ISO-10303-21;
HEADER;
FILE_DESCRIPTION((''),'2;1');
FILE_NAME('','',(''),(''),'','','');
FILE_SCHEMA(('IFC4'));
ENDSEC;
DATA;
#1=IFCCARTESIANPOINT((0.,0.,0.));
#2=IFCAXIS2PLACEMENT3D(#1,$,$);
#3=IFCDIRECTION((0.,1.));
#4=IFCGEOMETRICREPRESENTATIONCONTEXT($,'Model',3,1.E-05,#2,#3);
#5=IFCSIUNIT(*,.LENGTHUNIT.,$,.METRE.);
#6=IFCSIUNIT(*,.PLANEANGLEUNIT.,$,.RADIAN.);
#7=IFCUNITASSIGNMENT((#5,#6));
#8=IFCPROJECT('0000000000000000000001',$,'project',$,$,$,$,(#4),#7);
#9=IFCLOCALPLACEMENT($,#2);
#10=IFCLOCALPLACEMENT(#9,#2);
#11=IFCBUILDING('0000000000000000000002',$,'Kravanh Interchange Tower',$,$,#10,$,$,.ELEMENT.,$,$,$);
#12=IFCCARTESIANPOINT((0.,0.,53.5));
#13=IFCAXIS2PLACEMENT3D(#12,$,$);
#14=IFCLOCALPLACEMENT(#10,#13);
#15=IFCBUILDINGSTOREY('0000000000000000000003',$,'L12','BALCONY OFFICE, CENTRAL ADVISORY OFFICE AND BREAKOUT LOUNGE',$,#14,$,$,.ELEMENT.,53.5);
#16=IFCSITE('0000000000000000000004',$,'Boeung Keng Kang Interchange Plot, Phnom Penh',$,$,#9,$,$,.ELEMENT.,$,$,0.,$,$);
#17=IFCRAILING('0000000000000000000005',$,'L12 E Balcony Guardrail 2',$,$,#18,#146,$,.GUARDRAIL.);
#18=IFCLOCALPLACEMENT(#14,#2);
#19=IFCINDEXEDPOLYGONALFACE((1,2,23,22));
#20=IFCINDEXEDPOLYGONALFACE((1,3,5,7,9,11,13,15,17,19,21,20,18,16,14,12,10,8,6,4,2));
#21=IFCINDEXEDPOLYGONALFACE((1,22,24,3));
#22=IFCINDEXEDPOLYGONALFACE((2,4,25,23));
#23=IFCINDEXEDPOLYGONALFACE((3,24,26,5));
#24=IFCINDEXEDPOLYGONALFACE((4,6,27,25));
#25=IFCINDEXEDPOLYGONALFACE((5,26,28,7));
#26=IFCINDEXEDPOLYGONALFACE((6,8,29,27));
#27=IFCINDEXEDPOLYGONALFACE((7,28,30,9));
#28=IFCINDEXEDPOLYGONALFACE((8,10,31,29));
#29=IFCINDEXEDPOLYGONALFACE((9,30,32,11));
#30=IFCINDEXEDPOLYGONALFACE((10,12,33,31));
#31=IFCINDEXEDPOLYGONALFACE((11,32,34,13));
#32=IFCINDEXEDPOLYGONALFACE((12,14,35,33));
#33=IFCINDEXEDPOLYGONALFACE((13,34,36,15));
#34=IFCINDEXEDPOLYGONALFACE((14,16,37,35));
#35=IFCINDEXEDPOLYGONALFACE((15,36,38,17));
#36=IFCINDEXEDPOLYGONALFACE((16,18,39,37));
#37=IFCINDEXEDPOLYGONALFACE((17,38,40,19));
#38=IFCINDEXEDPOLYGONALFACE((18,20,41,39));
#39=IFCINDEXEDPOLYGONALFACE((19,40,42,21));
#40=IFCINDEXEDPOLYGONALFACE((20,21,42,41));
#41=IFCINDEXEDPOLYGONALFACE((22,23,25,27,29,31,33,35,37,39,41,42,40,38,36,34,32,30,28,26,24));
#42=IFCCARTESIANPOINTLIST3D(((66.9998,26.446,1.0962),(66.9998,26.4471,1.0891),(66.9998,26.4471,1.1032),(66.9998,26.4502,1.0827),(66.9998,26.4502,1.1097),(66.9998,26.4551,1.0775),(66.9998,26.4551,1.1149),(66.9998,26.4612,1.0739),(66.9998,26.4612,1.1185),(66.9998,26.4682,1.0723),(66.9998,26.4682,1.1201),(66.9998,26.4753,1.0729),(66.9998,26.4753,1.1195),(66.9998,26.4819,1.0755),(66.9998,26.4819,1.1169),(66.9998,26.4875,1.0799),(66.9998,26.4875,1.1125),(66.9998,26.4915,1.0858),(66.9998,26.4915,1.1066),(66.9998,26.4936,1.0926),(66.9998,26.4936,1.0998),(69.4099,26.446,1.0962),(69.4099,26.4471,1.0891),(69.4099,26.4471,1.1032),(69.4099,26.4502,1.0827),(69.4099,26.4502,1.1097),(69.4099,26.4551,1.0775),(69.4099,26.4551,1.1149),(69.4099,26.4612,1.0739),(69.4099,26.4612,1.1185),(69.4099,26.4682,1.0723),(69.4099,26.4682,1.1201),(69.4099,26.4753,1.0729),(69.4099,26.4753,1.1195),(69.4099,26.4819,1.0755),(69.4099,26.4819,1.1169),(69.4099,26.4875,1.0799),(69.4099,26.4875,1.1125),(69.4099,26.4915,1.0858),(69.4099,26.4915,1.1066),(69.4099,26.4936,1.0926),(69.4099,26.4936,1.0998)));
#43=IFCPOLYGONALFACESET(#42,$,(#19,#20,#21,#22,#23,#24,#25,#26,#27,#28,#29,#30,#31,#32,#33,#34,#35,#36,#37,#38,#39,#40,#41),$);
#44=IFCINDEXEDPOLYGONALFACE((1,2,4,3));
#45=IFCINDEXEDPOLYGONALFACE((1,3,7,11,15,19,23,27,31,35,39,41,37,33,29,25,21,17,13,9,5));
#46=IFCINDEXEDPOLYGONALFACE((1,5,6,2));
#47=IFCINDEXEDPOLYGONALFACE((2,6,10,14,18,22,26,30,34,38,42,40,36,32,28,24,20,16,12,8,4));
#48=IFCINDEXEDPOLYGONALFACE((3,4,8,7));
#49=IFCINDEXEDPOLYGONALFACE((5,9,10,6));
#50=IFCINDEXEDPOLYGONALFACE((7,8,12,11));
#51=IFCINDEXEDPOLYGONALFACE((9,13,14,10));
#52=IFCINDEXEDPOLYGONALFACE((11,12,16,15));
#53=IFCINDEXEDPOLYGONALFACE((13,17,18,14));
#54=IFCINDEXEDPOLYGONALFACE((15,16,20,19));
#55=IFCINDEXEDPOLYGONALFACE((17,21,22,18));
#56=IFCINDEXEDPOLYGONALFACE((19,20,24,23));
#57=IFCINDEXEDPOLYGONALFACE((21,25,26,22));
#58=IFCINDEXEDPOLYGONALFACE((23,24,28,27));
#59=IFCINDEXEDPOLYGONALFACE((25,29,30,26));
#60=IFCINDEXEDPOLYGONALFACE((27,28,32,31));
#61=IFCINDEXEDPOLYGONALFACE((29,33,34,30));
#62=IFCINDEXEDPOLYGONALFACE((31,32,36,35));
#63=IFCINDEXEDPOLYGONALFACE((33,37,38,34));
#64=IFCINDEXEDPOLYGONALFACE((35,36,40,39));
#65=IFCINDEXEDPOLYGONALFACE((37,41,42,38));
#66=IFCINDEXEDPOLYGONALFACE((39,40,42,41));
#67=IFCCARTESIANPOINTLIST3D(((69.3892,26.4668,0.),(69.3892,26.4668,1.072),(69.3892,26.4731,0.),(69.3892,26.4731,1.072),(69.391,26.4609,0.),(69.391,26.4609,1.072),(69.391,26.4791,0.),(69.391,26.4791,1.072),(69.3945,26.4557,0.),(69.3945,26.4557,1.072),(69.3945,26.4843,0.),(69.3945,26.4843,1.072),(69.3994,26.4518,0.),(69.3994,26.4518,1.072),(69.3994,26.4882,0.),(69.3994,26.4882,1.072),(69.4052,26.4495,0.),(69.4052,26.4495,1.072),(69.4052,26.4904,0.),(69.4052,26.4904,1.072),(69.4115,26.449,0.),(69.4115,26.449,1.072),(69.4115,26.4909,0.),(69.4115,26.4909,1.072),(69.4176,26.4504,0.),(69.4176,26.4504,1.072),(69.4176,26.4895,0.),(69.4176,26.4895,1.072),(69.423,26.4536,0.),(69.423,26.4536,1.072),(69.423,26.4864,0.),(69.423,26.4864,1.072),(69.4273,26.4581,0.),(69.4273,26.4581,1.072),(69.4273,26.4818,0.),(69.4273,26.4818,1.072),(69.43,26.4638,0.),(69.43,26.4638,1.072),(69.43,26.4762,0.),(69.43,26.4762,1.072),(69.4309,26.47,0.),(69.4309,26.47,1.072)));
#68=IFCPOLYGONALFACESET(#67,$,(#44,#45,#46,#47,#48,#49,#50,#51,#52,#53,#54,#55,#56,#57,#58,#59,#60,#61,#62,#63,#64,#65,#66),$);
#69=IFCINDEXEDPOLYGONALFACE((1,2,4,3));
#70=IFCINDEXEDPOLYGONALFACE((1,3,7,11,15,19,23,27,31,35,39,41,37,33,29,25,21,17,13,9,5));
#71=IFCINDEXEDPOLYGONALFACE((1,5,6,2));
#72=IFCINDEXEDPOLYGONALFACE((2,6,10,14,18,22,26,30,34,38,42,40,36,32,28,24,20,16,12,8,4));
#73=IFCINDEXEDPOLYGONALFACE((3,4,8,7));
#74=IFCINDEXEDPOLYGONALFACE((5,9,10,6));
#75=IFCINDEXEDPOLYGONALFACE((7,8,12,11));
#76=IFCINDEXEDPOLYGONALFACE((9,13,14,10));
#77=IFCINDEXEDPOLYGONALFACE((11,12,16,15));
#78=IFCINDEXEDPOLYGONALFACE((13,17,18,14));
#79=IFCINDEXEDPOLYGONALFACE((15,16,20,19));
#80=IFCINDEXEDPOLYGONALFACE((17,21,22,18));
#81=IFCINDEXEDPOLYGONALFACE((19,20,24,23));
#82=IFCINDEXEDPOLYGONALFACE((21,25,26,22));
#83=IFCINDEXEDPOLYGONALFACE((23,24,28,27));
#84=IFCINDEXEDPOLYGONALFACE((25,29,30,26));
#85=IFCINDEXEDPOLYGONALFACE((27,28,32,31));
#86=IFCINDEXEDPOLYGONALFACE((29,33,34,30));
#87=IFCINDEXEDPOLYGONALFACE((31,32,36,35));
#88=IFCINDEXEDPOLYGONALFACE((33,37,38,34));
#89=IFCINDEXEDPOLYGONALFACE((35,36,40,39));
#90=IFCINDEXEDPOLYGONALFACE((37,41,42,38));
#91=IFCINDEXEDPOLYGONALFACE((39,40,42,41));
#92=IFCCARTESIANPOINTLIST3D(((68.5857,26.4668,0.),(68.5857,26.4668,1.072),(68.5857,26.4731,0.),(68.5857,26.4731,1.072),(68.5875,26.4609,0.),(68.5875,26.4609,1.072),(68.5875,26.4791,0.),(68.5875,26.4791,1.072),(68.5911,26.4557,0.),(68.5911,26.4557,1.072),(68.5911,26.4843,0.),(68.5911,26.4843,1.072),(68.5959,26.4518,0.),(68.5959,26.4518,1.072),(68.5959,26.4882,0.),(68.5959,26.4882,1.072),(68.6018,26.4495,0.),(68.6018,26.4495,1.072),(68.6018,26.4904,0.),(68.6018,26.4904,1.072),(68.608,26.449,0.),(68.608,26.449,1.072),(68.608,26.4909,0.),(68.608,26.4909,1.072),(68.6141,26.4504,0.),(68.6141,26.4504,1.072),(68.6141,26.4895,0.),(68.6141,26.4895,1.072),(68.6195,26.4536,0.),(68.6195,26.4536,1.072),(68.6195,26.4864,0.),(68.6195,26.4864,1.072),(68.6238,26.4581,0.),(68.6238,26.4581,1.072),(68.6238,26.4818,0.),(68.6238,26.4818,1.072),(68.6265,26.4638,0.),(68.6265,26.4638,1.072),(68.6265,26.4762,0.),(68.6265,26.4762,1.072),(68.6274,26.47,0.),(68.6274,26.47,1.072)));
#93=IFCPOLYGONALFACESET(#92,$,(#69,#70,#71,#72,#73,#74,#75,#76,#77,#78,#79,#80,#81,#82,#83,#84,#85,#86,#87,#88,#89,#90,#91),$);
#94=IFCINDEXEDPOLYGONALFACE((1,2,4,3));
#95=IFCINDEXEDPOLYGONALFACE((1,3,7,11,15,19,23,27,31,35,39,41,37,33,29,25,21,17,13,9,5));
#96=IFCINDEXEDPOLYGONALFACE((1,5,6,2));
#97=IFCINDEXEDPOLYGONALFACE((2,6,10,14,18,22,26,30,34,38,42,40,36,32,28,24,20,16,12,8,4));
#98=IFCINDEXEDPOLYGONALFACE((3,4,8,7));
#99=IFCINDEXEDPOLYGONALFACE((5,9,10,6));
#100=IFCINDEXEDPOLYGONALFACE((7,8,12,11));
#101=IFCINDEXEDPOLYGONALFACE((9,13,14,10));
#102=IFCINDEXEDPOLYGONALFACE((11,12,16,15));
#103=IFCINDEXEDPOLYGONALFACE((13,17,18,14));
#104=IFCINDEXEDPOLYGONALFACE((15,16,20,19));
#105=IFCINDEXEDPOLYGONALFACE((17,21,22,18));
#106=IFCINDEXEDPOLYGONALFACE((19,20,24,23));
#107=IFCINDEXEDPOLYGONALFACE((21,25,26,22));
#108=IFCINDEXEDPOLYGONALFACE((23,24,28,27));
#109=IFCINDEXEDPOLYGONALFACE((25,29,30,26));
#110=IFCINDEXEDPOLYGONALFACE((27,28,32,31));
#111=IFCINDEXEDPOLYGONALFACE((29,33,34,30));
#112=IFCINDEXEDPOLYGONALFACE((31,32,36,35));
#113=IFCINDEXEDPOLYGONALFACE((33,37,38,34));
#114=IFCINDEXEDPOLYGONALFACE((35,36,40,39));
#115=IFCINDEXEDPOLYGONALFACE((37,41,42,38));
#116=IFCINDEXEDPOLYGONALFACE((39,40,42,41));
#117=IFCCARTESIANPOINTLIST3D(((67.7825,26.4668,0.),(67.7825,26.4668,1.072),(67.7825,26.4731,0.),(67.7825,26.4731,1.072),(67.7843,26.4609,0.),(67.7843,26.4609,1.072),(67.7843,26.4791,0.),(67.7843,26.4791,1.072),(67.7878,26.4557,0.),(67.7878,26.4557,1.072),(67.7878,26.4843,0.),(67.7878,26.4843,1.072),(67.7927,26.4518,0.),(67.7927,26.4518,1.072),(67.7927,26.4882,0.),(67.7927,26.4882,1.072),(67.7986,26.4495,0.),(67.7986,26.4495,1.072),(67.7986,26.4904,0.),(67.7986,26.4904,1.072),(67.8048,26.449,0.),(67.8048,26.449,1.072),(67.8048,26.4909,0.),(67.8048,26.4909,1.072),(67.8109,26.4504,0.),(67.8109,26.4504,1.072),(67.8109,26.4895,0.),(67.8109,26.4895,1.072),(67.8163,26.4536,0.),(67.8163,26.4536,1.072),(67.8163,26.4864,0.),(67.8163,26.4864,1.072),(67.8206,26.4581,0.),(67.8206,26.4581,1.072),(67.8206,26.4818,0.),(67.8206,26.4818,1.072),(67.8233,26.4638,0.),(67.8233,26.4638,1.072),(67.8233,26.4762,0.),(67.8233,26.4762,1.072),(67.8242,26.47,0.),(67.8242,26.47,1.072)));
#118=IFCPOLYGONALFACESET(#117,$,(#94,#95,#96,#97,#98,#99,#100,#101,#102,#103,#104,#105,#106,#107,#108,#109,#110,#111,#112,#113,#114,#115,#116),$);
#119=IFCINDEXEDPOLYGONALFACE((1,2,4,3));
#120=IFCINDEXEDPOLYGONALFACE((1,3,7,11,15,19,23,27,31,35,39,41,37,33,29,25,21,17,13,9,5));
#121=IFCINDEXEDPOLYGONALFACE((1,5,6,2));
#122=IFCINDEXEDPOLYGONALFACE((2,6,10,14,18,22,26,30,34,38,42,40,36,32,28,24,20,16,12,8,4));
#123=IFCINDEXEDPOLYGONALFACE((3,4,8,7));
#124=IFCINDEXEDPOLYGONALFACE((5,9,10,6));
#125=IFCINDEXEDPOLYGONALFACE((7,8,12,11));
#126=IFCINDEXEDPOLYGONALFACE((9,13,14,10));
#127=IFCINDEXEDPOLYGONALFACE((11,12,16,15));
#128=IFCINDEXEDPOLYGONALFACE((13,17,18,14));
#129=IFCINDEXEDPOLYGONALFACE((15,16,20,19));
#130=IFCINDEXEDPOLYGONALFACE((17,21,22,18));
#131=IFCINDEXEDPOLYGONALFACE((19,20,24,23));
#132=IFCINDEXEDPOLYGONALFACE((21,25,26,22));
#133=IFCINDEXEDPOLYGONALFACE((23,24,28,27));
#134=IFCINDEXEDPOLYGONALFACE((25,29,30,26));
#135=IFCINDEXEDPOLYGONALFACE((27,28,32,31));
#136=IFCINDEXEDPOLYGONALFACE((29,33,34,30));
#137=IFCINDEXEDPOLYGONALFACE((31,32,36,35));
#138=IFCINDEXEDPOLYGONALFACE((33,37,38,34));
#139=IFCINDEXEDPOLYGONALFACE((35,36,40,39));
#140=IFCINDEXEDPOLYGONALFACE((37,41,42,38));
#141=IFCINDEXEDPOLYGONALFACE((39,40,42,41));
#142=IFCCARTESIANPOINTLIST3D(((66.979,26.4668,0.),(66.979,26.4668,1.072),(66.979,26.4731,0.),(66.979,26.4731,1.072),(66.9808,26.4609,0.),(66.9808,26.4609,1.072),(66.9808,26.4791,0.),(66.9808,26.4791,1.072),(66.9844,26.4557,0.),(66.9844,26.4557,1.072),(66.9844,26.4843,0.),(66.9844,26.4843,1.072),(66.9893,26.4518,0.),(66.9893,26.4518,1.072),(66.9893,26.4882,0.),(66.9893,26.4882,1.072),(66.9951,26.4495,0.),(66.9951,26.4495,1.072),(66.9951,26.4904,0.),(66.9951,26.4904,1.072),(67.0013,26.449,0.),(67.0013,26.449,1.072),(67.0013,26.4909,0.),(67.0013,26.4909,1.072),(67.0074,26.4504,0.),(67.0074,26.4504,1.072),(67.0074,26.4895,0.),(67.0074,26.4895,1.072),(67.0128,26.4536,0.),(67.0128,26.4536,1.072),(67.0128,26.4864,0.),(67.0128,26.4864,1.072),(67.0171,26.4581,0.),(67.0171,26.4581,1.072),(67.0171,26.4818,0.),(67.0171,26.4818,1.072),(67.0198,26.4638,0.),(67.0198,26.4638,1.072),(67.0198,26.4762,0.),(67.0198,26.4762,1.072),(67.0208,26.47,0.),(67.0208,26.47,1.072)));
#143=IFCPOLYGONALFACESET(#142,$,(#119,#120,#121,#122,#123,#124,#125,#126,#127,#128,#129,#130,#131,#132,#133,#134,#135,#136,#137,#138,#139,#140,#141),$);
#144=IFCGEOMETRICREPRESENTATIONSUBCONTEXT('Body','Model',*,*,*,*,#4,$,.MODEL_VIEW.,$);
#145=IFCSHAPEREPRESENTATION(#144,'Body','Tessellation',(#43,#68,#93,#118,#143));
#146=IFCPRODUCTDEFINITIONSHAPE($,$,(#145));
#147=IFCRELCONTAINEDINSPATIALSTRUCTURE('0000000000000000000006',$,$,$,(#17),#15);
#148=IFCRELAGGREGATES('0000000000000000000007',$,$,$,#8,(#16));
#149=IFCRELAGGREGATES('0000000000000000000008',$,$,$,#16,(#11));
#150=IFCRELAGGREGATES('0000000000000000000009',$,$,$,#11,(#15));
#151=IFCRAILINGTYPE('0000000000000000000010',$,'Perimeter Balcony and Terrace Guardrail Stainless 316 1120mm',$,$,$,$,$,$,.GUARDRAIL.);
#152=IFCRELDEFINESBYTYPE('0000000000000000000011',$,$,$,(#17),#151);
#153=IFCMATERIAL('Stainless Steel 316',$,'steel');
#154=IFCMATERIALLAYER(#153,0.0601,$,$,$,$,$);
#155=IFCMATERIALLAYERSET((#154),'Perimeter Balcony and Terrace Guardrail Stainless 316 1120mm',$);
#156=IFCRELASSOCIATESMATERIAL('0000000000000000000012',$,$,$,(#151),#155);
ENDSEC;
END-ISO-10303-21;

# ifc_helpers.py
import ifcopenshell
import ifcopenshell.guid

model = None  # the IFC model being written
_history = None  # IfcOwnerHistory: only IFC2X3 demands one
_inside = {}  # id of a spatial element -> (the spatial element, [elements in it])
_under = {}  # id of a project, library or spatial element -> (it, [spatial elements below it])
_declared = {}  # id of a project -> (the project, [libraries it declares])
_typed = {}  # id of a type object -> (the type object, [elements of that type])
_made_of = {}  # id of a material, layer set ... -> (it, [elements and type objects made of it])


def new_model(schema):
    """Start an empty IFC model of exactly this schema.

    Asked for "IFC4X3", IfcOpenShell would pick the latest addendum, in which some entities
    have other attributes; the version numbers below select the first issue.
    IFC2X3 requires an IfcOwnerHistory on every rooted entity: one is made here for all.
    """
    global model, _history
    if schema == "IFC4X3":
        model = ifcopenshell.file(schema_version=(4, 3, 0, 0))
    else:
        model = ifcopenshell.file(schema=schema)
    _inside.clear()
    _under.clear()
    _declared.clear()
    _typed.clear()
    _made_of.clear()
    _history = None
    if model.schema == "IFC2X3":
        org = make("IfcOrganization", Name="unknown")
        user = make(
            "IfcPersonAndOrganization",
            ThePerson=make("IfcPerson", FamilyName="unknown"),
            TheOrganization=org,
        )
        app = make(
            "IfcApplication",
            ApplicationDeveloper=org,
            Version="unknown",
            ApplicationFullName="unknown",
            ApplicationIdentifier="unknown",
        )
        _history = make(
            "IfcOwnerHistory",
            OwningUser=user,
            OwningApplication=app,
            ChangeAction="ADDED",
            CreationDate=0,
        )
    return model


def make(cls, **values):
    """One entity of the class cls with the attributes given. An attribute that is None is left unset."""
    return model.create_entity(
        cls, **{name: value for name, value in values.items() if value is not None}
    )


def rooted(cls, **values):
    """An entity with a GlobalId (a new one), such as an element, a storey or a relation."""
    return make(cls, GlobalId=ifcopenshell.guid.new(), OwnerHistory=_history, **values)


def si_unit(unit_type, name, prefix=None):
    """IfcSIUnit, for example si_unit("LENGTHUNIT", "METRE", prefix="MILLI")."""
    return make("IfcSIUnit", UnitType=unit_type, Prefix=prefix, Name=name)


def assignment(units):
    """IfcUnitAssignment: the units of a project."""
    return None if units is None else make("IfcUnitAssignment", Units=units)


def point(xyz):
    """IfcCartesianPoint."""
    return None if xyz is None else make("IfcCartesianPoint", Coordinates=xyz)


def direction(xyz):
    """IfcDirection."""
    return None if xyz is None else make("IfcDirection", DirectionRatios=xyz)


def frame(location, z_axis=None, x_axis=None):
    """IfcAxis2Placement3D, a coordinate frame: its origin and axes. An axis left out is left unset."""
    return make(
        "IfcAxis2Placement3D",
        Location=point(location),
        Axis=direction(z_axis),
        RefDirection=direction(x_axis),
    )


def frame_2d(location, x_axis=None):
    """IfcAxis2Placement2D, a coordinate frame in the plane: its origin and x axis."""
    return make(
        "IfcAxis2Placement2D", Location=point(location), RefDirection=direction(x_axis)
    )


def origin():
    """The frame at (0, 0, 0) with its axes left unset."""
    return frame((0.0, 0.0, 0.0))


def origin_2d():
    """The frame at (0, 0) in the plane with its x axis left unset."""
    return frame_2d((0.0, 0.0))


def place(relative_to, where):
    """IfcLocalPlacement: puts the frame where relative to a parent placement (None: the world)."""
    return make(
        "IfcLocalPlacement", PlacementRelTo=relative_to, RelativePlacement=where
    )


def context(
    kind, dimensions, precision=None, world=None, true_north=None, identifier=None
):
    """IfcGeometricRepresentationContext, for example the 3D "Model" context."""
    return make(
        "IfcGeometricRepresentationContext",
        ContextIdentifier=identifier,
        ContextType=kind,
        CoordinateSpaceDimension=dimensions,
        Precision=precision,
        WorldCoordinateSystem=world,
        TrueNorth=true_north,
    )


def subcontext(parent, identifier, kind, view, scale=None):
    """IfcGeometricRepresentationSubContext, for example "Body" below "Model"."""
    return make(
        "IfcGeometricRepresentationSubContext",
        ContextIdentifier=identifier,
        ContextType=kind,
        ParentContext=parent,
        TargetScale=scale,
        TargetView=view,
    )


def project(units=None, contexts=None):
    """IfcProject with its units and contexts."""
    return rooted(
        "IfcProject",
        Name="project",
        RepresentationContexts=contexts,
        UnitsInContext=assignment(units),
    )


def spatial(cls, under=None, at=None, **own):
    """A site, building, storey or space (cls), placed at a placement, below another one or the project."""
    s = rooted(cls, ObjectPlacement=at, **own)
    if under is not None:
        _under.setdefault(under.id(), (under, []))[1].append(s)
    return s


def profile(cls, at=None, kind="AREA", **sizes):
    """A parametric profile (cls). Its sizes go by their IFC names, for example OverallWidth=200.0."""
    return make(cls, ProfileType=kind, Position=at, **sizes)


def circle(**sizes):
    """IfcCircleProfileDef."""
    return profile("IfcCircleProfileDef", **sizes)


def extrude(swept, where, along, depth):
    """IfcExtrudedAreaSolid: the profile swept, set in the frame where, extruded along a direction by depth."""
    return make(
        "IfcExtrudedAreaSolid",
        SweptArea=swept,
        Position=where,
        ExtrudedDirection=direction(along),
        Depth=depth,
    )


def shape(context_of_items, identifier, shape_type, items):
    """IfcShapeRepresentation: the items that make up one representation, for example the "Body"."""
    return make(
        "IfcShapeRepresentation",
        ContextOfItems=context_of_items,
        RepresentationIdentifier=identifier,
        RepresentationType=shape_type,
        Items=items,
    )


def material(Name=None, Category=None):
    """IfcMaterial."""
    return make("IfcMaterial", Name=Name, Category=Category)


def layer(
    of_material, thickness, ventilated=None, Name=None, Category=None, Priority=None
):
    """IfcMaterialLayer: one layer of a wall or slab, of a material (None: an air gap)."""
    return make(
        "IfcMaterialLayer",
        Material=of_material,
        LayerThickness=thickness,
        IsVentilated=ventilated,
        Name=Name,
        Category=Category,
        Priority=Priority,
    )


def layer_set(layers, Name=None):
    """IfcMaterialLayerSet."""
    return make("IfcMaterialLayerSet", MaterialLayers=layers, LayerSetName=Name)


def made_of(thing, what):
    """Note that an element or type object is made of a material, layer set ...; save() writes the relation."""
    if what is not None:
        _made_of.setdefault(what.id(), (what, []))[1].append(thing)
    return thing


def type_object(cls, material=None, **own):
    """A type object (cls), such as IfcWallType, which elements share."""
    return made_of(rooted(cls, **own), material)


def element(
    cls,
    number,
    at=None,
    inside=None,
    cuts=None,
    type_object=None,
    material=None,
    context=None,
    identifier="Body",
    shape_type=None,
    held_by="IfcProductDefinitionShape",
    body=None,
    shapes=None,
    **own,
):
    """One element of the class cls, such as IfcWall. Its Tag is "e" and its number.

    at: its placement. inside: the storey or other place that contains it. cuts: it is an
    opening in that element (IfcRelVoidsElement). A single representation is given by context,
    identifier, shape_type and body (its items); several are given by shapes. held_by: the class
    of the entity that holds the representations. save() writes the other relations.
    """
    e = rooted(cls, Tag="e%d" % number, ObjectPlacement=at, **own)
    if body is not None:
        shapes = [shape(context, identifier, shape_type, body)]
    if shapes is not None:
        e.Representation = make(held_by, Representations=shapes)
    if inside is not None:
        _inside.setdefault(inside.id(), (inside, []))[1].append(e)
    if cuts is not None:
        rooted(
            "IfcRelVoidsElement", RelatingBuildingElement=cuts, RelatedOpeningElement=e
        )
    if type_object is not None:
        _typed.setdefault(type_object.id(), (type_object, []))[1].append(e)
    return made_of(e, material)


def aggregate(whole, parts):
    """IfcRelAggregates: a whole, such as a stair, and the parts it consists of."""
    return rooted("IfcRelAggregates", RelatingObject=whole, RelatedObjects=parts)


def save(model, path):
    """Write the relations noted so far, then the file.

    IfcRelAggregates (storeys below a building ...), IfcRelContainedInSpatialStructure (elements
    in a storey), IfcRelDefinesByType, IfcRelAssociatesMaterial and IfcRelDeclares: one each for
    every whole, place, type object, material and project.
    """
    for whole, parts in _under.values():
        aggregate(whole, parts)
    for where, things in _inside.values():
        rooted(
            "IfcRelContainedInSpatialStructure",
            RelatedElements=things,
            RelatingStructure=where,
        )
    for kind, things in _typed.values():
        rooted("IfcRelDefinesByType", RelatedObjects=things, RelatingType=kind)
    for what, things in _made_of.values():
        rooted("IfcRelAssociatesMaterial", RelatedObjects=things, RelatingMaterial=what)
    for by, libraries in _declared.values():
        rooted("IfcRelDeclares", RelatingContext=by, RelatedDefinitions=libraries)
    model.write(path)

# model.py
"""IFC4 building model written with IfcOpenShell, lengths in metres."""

from ifc_helpers import new_model, si_unit, direction, frame, origin, origin_2d, place, context, subcontext, project, spatial, circle, extrude, material, layer, layer_set, type_object, element, save


model = new_model("IFC4")

# Units and contexts
model_context = context("Model", 3, precision=1e-05, world=origin(), true_north=direction((0.0, 1.0)))
body_context = subcontext(model_context, "Body", "Model", "MODEL_VIEW")
ifc_project = project(units=[si_unit("LENGTHUNIT", "METRE"), si_unit("PLANEANGLEUNIT", "RADIAN")], contexts=[model_context])

# Site, building, storey
site_placement = place(None, origin())
site = spatial("IfcSite", under=ifc_project, at=site_placement, Name="Boeung Keng Kang Interchange Plot, Phnom Penh", CompositionType="ELEMENT", RefElevation=0.0)
building_placement = place(site_placement, origin())
building = spatial("IfcBuilding", under=site, at=building_placement, Name="Kravanh Interchange Tower", CompositionType="ELEMENT")
storey_placement = place(building_placement, frame((0.0, 0.0, 53.5)))
storey = spatial("IfcBuildingStorey", under=building, at=storey_placement, Name="L12", Description="BALCONY OFFICE, CENTRAL ADVISORY OFFICE AND BREAKOUT LOUNGE", CompositionType="ELEMENT", Elevation=53.5)

# Railing
ifc_material_1 = material(Name="Stainless Steel 316", Category="steel")
ifc_layer_1 = layer(ifc_material_1, 0.0601)
ifc_layer_set_1 = layer_set([ifc_layer_1], Name="Perimeter Balcony and Terrace Guardrail Stainless 316 1120mm")
railing_type = type_object("IfcRailingType", Name="Perimeter Balcony and Terrace Guardrail Stainless 316 1120mm", PredefinedType="GUARDRAIL", material=ifc_layer_set_1)
railing_placement = place(storey_placement, frame((69.4099, 26.47, 0.0)))
element("IfcRailing", 1, at=railing_placement, inside=storey, type_object=railing_type, Name="L12 E Balcony Guardrail 2", PredefinedType="GUARDRAIL", context=body_context, shape_type="SweptSolid", body=[
    extrude(circle(Radius=0.0239, at=origin_2d()), frame((0.0, 0.0, 1.0962), z_axis=(-1.0, 0.0, 0.0), x_axis=(0.0, -1.0, 0.0)), (0.0, 0.0, 1.0), 2.4102),
    extrude(circle(Radius=0.021, at=origin_2d()), origin(), (0.0, 0.0, 1.0), 1.072),
    extrude(circle(Radius=0.021, at=origin_2d()), frame((-0.8035, 0.0, 0.0)), (0.0, 0.0, 1.0), 1.072),
    extrude(circle(Radius=0.021, at=origin_2d()), frame((-1.6067, 0.0, 0.0)), (0.0, 0.0, 1.0), 1.072),
    extrude(circle(Radius=0.021, at=origin_2d()), frame((-2.4102, 0.0, 0.0)), (0.0, 0.0, 1.0), 1.072),
])

save(model, "model.ifc")
